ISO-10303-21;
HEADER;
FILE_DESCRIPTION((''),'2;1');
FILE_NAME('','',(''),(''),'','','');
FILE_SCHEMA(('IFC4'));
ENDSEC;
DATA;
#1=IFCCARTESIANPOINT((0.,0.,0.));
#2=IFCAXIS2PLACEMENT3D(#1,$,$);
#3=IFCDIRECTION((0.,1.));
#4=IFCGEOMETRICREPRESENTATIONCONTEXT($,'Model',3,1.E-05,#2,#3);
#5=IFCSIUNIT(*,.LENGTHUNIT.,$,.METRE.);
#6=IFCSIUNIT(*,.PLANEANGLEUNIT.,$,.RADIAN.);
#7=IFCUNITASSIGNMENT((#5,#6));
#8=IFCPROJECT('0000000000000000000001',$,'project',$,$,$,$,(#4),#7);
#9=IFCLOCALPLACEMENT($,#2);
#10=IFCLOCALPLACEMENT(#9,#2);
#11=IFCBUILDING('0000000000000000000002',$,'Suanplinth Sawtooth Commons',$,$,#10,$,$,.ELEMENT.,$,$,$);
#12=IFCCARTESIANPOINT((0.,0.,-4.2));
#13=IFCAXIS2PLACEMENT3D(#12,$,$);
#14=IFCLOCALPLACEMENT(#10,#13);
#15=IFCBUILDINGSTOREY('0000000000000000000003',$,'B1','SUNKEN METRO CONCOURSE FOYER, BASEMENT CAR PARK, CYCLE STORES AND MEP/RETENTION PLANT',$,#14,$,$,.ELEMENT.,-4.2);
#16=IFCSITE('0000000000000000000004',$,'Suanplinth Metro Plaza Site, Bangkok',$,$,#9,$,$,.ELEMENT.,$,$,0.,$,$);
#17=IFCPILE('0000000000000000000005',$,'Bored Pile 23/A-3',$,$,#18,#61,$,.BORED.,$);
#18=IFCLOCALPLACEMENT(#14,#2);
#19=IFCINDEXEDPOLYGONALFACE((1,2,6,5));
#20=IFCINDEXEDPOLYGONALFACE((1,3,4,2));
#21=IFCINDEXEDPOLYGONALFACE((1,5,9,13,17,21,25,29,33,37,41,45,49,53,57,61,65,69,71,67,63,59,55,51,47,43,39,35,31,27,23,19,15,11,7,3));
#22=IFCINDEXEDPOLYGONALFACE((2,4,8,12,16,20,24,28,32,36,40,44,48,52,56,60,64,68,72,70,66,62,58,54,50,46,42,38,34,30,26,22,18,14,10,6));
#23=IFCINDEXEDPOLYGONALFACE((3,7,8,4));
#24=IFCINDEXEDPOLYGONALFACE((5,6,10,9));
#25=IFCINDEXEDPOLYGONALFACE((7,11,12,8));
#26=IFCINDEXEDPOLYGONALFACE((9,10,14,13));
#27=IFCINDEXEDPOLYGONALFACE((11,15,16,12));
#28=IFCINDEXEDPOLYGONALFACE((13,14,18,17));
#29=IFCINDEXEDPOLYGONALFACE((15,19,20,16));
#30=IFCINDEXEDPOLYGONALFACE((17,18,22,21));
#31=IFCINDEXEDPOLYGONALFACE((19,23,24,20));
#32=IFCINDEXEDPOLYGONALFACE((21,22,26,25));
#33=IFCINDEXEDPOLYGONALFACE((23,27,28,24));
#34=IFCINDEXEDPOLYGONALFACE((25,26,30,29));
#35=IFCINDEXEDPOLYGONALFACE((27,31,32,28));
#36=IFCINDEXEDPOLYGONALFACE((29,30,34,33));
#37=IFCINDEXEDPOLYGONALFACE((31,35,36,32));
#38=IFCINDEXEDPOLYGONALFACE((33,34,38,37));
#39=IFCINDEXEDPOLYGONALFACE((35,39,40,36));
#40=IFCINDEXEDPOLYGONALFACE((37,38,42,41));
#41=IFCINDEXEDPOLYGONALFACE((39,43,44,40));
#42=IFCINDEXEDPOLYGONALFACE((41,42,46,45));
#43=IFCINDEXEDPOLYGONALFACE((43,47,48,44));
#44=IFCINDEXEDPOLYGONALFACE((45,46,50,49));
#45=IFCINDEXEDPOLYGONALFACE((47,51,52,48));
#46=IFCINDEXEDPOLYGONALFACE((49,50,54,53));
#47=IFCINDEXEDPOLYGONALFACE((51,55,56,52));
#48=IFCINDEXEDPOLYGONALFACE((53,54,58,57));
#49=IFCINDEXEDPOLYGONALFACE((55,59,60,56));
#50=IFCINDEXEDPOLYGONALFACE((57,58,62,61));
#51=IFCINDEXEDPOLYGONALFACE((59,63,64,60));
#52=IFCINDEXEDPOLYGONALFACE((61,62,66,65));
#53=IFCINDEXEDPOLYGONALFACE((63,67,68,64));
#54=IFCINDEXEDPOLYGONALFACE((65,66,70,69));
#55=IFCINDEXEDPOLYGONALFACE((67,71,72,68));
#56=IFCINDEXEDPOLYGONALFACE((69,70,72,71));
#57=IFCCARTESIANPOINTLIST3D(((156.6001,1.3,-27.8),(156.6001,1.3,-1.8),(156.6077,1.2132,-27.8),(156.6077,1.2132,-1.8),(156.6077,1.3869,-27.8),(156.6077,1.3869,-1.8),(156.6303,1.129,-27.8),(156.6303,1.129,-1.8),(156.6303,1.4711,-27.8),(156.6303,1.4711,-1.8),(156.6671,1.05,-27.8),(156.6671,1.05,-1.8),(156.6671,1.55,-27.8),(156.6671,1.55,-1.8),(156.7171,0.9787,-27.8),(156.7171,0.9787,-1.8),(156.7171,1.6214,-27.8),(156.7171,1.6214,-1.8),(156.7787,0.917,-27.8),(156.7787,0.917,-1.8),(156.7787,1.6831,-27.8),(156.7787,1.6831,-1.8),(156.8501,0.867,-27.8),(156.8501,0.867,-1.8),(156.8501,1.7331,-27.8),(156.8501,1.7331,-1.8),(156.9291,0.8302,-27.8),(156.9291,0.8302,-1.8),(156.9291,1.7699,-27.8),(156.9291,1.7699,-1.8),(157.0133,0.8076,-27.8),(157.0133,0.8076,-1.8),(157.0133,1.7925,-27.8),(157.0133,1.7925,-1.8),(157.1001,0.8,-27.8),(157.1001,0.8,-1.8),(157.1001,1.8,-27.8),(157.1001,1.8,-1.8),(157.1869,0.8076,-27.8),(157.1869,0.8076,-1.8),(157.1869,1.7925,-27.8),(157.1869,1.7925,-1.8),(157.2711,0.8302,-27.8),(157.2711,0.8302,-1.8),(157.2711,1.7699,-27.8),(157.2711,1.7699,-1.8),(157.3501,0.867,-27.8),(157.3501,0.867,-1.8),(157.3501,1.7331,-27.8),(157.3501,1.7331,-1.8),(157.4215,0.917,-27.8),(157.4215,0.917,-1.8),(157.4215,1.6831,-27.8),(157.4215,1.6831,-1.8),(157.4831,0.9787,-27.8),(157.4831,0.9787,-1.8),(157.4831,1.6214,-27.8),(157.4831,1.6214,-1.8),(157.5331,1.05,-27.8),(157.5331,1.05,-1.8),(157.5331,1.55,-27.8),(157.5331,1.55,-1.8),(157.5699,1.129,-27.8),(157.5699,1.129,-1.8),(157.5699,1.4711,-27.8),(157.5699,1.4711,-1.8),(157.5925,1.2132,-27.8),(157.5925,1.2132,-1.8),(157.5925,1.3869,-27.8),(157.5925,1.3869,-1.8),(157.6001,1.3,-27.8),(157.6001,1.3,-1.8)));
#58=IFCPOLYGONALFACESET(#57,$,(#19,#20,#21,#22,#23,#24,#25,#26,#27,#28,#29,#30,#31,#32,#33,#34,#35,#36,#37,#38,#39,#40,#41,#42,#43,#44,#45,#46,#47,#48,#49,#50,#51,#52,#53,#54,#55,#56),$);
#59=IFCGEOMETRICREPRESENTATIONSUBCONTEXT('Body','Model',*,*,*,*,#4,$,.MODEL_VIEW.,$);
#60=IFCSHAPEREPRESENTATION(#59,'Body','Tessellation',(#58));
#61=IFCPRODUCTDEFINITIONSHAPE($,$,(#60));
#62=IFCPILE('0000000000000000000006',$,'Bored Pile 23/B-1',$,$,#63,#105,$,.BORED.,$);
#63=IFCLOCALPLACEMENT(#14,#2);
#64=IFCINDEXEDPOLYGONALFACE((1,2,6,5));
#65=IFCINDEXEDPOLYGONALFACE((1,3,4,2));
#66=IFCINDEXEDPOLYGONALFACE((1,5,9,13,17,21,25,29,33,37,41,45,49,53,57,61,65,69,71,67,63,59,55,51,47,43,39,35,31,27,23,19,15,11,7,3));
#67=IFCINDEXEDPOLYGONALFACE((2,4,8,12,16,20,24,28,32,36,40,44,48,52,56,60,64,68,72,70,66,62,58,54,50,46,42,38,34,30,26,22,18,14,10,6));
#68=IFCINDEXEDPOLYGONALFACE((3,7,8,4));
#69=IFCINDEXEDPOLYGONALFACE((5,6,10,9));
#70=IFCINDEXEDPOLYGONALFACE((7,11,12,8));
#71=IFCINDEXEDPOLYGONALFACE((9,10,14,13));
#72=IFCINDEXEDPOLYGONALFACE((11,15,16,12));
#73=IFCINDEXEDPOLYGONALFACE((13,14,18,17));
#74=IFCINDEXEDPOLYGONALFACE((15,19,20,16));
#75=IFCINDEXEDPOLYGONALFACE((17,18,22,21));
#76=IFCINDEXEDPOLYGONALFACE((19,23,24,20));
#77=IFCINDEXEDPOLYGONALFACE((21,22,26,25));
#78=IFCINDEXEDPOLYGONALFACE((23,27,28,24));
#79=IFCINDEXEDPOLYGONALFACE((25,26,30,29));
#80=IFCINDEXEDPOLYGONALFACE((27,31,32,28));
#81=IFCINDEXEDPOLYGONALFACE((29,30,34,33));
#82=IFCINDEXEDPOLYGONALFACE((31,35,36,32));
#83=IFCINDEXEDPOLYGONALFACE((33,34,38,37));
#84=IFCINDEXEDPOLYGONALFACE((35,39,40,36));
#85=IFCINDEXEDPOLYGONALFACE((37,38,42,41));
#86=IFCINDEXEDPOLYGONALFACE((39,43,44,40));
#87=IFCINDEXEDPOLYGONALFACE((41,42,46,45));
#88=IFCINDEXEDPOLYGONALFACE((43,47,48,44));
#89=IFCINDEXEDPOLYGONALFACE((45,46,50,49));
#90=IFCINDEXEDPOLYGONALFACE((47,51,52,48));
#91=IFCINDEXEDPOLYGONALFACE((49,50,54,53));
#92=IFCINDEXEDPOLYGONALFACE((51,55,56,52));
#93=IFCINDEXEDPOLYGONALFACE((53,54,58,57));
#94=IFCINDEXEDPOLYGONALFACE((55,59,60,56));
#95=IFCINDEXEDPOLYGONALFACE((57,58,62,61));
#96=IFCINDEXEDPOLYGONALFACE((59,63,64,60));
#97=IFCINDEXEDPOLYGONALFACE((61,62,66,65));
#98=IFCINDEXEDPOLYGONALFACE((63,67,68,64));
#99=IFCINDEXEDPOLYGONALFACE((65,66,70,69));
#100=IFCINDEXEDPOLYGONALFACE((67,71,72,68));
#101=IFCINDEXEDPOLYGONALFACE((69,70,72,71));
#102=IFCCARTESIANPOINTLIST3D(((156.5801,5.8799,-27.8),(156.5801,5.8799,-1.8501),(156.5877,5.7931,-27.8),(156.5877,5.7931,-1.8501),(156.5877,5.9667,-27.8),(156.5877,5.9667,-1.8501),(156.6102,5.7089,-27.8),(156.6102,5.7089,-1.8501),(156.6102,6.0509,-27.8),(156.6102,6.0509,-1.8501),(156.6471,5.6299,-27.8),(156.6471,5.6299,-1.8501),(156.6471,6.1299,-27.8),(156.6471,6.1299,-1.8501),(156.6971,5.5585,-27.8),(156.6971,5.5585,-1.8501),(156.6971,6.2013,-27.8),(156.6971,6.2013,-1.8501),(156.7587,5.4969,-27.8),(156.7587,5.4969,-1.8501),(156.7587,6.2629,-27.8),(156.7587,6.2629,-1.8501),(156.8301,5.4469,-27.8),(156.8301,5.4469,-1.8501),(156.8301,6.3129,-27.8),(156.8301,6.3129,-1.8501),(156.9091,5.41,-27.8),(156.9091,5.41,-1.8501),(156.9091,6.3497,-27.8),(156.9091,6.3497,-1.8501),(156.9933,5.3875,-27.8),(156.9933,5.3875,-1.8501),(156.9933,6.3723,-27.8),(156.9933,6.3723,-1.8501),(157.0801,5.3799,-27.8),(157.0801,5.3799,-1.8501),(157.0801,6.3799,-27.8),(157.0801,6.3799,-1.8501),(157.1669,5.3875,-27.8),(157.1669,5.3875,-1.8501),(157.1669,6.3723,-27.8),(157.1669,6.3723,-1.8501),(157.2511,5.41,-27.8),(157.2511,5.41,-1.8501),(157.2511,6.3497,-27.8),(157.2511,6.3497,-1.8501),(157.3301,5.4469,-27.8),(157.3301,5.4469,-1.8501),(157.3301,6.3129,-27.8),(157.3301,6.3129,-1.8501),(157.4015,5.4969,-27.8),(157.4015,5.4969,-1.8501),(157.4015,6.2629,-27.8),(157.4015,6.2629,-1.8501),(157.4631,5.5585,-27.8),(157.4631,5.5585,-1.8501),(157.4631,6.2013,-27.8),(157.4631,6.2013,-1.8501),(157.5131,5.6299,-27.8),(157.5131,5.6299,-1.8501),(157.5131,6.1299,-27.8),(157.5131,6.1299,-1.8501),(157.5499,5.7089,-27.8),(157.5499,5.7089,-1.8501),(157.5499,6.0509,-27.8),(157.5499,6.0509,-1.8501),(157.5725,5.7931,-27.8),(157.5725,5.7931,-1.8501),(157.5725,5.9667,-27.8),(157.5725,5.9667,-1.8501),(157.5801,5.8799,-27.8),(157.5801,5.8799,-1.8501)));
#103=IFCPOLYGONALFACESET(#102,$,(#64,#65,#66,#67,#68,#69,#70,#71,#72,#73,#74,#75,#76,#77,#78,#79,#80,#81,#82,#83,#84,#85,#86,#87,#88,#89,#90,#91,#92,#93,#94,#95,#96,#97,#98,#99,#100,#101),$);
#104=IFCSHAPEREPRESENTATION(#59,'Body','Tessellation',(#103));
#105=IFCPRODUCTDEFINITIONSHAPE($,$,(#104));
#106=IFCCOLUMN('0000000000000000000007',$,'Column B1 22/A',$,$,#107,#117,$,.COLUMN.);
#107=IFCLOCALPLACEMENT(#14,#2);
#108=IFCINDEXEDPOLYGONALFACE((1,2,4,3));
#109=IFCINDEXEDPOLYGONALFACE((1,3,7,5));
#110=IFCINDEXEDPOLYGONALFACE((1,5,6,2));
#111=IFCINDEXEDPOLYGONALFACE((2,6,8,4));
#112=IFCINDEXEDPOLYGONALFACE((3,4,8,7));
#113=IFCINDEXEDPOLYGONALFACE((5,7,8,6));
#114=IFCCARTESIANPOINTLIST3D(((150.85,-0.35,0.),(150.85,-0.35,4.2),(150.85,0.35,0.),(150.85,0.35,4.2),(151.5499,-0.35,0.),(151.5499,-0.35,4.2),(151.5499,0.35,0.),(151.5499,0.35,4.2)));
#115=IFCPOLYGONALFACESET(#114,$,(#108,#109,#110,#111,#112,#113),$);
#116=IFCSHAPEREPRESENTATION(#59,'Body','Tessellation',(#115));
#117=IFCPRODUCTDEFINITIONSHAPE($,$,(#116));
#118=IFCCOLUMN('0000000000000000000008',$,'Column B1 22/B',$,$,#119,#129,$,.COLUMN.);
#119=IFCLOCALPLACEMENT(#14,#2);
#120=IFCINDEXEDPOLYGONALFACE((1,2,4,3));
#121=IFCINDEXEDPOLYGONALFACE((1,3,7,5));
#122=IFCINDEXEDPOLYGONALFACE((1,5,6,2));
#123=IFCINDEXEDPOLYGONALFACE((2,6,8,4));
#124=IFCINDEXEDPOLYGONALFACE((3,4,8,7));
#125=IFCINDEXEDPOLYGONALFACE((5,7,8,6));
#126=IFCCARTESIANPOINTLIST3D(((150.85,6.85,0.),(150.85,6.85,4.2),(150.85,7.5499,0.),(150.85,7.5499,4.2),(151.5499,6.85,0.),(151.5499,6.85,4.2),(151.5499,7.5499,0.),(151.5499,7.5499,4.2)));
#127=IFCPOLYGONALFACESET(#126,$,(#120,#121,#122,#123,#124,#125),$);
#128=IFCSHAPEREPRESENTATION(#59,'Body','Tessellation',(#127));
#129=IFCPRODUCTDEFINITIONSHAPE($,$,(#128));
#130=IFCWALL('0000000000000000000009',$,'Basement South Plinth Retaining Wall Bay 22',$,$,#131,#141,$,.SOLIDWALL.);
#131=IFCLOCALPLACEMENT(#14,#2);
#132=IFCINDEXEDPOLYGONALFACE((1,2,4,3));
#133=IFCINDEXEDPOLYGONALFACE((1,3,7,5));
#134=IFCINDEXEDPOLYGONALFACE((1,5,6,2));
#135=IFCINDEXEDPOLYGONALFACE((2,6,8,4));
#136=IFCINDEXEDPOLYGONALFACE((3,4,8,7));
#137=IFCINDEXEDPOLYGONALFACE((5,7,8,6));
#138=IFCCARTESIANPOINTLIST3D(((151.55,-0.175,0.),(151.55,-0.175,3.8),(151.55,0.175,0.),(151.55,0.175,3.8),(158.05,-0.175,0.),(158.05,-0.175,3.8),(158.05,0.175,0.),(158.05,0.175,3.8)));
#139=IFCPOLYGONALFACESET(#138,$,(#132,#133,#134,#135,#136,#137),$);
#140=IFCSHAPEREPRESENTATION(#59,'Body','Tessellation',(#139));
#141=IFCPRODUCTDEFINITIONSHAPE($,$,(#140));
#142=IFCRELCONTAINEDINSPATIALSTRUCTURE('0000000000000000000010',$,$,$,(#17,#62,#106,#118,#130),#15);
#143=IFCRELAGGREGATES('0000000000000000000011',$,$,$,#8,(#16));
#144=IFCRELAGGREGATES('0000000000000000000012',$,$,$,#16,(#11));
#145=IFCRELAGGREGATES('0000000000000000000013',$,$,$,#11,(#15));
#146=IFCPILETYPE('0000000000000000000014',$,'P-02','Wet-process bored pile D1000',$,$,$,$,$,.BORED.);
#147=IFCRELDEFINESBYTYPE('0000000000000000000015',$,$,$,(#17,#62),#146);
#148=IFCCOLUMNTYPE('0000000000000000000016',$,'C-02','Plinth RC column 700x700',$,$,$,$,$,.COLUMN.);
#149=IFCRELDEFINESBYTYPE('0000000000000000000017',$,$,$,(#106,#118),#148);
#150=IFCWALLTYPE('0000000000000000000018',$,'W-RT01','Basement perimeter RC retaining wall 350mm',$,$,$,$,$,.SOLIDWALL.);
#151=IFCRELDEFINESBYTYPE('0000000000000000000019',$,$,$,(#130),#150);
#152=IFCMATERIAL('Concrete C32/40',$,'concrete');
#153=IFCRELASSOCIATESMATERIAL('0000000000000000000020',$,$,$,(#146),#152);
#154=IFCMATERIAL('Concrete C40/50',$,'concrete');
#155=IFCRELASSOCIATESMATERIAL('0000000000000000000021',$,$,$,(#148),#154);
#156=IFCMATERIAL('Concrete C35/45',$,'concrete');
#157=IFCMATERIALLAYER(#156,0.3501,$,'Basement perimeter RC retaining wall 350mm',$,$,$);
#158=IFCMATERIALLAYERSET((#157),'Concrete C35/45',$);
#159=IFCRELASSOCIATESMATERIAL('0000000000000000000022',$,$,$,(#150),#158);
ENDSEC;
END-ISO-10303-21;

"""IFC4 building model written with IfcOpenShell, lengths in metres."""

from ifc_helpers import new_model, si_unit, direction, frame, frame_2d, origin, origin_2d, place, context, subcontext, project, spatial, rectangle, circle, extrude, material, layer, layer_set, material_profile, profile_set, type_object, element, save


model = new_model("IFC4")

# Units and contexts
model_context = context("Model", 3, precision=1e-05, world=origin(), true_north=direction((0.0, 1.0)))
body_context = subcontext(model_context, "Body", "Model", "MODEL_VIEW")
ifc_project = project(units=[si_unit("LENGTHUNIT", "METRE"), si_unit("PLANEANGLEUNIT", "RADIAN")], contexts=[model_context])

# Site, building, storey
site_placement = place(None, origin())
site = spatial("IfcSite", under=ifc_project, at=site_placement, Name="Suanplinth Metro Plaza Site, Bangkok", CompositionType="ELEMENT", RefElevation=0.0)
building_placement = place(site_placement, origin())
building = spatial("IfcBuilding", under=site, at=building_placement, Name="Suanplinth Sawtooth Commons", CompositionType="ELEMENT")
storey_placement = place(building_placement, frame((0.0, 0.0, -4.2)))
storey = spatial("IfcBuildingStorey", under=building, at=storey_placement, Name="B1", Description="SUNKEN METRO CONCOURSE FOYER, BASEMENT CAR PARK, CYCLE STORES AND MEP/RETENTION PLANT", CompositionType="ELEMENT", Elevation=-4.2)

# Shared definitions
ifc_material_1 = material(Name="Concrete C35/45", Category="concrete")

# Piles
ifc_material_2 = material(Name="Concrete C32/40", Category="concrete")
ifc_material_profile_1 = material_profile(ifc_material_2, circle(Radius=0.5, at=origin_2d()), Name="PILE D1000")
ifc_profile_set_1 = profile_set([ifc_material_profile_1], Name="Concrete C32/40")
pile_type = type_object("IfcPileType", Name="P-02", Description="Wet-process bored pile D1000", PredefinedType="BORED", material=ifc_profile_set_1)
for number, where, z_axis, x_axis, name in (
    (1, (157.1001, 1.3, -1.8), (0.0, 0.0, -1.0), (1.0, 0.0, 0.0), "Bored Pile 23/A-3"),
):
    element("IfcPile", number, at=place(storey_placement, frame(where, z_axis=z_axis, x_axis=x_axis)), inside=storey, type_object=pile_type, Name=name, PredefinedType="BORED", context=body_context, shape_type="SweptSolid", body=[
        extrude(circle(Radius=0.5, at=origin_2d()), origin(), (0.0, 0.0, 1.0), 26.0),
    ])
pile_placement = place(storey_placement, frame((157.0801, 5.8799, -1.8501), z_axis=(0.0, 0.0, -1.0), x_axis=(1.0, 0.0, 0.0)))
element("IfcPile", 2, at=pile_placement, inside=storey, type_object=pile_type, Name="Bored Pile 23/B-1", PredefinedType="BORED", context=body_context, shape_type="SweptSolid", body=[
    extrude(circle(Radius=0.5, at=origin_2d()), origin(), (0.0, 0.0, 1.0), 25.95),
])

# Columns
ifc_material_3 = material(Name="Concrete C40/50", Category="concrete")
ifc_material_profile_2 = material_profile(ifc_material_3, rectangle(XDim=0.7, YDim=0.7, at=origin_2d()), Name="RC-COL 700x700")
ifc_profile_set_2 = profile_set([ifc_material_profile_2], Name="Concrete C40/50")
column_type = type_object("IfcColumnType", Name="C-02", Description="Plinth RC column 700x700", PredefinedType="COLUMN", material=ifc_profile_set_2)
for number, where, z_axis, x_axis, name in (
    (3, (151.2, 0.0, 0.0), (0.0, 0.0, 1.0), (1.0, 0.0, 0.0), "Column B1 22/A"),
    (4, (151.2, 7.2, 0.0), (0.0, 0.0, 1.0), (1.0, 0.0, 0.0), "Column B1 22/B"),
):
    element("IfcColumn", number, at=place(storey_placement, frame(where, z_axis=z_axis, x_axis=x_axis)), inside=storey, type_object=column_type, Name=name, PredefinedType="COLUMN", context=body_context, shape_type="SweptSolid", body=[
        extrude(rectangle(XDim=0.7, YDim=0.7, at=origin_2d()), origin(), (0.0, 0.0, 1.0), 4.2),
    ])

# Wall
ifc_layer = layer(ifc_material_1, 0.3501, Name="Basement perimeter RC retaining wall 350mm")
ifc_layer_set = layer_set([ifc_layer], Name="Concrete C35/45")
wall_type = type_object("IfcWallType", Name="W-RT01", Description="Basement perimeter RC retaining wall 350mm", PredefinedType="SOLIDWALL", material=ifc_layer_set)
wall_placement = place(storey_placement, frame((151.55, 0.0, 0.0), z_axis=(0.0, 0.0, 1.0), x_axis=(1.0, 0.0, 0.0)))
element("IfcWall", 5, at=wall_placement, inside=storey, type_object=wall_type, Name="Basement South Plinth Retaining Wall Bay 22", PredefinedType="SOLIDWALL", context=body_context, shape_type="SweptSolid", body=[
    extrude(rectangle(XDim=6.5, YDim=0.3501, at=frame_2d((3.25, 0.0))), origin(), (0.0, 0.0, 1.0), 3.8),
])

save(model, "model.ifc")
